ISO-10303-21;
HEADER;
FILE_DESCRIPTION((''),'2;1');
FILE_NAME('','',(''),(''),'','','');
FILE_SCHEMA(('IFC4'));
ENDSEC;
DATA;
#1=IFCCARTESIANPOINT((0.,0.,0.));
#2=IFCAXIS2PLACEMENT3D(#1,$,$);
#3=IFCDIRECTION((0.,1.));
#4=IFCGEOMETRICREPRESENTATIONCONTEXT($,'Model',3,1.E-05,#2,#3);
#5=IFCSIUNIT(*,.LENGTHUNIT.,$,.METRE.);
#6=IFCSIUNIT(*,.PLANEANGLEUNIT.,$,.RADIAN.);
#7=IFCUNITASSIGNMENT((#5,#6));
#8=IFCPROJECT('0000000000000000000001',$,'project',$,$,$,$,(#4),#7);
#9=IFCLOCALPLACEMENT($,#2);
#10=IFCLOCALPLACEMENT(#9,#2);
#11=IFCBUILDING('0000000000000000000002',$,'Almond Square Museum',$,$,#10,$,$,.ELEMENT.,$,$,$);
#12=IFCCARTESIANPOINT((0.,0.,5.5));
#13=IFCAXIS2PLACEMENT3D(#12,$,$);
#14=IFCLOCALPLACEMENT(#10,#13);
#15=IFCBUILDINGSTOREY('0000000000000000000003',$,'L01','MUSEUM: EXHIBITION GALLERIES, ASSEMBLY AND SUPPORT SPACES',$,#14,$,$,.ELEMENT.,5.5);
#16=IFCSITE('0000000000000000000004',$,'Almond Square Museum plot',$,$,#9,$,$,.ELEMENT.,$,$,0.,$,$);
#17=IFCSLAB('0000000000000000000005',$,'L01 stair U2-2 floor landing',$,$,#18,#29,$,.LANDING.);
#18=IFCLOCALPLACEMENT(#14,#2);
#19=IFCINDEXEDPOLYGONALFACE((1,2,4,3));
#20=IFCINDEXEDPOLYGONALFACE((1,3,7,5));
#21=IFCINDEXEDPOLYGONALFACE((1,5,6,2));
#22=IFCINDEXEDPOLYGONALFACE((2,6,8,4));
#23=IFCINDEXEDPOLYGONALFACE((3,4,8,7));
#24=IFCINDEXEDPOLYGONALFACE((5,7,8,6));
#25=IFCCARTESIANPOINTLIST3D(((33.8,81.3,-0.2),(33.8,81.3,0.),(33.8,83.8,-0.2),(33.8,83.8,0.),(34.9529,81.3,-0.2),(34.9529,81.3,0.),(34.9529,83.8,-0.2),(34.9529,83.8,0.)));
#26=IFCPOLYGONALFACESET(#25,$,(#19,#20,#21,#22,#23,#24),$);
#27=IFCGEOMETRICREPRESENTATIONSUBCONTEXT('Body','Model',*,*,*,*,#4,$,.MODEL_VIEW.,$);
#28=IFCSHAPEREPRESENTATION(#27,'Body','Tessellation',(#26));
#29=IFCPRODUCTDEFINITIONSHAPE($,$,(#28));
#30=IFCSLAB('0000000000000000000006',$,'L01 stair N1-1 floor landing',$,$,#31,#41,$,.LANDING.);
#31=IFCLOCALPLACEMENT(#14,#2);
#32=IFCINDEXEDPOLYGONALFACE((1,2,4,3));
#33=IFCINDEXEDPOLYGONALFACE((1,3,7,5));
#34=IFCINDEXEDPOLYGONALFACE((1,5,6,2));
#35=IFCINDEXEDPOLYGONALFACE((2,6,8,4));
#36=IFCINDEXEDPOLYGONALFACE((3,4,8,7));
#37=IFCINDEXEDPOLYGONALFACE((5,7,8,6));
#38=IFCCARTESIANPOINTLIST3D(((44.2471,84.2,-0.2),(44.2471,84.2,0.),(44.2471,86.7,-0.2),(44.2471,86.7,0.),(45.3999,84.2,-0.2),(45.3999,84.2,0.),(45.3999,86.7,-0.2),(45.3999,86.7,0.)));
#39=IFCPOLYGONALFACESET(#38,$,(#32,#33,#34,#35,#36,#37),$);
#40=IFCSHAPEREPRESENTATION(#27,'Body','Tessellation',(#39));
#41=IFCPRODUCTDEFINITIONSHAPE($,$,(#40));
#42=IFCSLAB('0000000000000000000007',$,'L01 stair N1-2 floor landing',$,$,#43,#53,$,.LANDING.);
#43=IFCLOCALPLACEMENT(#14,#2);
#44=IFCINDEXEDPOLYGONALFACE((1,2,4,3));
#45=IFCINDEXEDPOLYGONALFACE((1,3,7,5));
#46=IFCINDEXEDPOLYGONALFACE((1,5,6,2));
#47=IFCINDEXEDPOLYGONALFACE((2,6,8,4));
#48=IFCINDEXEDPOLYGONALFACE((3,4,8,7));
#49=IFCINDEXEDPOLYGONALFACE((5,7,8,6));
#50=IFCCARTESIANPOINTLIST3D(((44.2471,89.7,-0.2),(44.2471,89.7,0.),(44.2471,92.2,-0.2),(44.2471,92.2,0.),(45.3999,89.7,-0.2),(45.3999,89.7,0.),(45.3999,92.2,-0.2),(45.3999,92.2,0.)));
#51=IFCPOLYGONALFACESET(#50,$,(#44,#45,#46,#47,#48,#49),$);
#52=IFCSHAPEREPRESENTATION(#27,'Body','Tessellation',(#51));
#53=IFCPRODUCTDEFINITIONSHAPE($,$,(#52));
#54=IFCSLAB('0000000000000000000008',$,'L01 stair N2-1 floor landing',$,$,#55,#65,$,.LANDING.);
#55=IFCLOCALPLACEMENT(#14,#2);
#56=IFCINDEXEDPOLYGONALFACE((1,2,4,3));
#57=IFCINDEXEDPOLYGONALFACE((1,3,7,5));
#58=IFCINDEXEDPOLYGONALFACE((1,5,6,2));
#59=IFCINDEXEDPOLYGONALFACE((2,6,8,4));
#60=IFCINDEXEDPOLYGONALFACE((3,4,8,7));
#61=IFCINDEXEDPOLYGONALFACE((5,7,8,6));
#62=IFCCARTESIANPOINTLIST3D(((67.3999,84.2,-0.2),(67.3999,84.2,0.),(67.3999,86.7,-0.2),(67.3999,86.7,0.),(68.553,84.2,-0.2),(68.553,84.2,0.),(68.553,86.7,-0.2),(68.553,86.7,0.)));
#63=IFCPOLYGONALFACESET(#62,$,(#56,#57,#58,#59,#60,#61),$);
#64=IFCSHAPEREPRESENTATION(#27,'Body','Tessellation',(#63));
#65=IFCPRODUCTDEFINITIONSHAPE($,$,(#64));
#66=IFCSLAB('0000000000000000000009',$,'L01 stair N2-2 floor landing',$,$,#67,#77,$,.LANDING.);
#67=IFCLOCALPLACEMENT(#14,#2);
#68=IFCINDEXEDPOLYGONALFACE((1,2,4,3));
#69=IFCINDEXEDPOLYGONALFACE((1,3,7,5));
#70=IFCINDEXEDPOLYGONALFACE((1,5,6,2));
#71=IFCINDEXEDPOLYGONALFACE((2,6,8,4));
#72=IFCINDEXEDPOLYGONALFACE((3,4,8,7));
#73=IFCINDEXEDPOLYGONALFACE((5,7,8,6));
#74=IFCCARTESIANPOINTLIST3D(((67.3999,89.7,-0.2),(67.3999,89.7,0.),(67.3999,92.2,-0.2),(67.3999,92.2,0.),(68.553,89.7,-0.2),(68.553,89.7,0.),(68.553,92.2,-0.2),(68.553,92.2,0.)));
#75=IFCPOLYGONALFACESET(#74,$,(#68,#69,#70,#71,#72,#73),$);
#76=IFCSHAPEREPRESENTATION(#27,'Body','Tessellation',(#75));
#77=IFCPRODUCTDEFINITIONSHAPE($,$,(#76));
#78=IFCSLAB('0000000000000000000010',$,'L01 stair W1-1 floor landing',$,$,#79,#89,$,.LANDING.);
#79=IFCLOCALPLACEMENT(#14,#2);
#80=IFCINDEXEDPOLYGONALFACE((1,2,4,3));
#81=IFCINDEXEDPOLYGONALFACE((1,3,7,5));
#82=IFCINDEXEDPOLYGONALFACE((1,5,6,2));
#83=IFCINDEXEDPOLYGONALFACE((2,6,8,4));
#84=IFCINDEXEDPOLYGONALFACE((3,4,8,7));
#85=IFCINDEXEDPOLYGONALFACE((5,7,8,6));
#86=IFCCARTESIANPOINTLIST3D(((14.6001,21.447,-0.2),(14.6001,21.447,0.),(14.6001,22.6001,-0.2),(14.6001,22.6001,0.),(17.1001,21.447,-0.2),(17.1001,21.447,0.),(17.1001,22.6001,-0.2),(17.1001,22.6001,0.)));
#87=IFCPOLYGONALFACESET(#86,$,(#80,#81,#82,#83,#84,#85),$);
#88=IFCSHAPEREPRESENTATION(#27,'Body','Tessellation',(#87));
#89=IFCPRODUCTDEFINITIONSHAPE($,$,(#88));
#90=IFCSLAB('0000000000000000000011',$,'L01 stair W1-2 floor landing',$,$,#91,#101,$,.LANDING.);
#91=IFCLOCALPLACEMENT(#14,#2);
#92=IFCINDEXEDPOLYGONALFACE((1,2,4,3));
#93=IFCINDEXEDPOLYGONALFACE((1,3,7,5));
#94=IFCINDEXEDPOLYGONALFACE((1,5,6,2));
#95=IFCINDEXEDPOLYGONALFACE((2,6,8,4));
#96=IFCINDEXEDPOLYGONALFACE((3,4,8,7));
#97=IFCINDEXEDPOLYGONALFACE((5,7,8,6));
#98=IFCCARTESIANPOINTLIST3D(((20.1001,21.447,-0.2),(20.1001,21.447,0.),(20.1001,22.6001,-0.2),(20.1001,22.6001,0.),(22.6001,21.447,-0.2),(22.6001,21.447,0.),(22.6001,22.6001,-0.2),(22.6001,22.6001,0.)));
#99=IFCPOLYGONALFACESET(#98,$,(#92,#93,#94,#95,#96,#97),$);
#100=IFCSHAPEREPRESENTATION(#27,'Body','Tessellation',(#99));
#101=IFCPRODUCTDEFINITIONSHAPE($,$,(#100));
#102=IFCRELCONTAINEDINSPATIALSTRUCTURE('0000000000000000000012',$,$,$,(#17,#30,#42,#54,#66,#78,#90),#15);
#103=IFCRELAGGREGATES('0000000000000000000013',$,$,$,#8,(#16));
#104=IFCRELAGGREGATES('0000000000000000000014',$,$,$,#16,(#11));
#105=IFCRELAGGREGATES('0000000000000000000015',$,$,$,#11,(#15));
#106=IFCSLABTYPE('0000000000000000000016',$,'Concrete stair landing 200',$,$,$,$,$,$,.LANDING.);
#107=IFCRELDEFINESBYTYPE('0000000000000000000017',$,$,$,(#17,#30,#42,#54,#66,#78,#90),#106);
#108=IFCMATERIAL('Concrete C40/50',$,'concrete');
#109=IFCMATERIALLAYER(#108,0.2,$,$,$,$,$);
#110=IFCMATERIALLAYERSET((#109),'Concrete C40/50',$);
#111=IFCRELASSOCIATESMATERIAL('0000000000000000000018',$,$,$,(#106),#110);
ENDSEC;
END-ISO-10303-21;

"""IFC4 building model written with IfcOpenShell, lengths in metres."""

from ifc_helpers import new_model, si_unit, direction, frame, origin, place, context, subcontext, project, spatial, polyline, outline, extrude, material, layer, layer_set, type_object, element, save


model = new_model("IFC4")

# Units and contexts
model_context = context("Model", 3, precision=1e-05, world=origin(), true_north=direction((0.0, 1.0)))
body_context = subcontext(model_context, "Body", "Model", "MODEL_VIEW")
ifc_project = project(units=[si_unit("LENGTHUNIT", "METRE"), si_unit("PLANEANGLEUNIT", "RADIAN")], contexts=[model_context])

# Site, building, storey
site_placement = place(None, origin())
site = spatial("IfcSite", under=ifc_project, at=site_placement, Name="Almond Square Museum plot", CompositionType="ELEMENT", RefElevation=0.0)
building_placement = place(site_placement, origin())
building = spatial("IfcBuilding", under=site, at=building_placement, Name="Almond Square Museum", CompositionType="ELEMENT")
storey_placement = place(building_placement, frame((0.0, 0.0, 5.5)))
storey = spatial("IfcBuildingStorey", under=building, at=storey_placement, Name="L01", Description="MUSEUM: EXHIBITION GALLERIES, ASSEMBLY AND SUPPORT SPACES", CompositionType="ELEMENT", Elevation=5.5)

# Slabs
ifc_material = material(Name="Concrete C40/50", Category="concrete")
ifc_layer = layer(ifc_material, 0.2)
ifc_layer_set = layer_set([ifc_layer], Name="Concrete C40/50")
slab_type = type_object("IfcSlabType", Name="Concrete stair landing 200", PredefinedType="LANDING", material=ifc_layer_set)
slab_1_placement = place(storey_placement, frame((0.0, 0.0, -0.2)))
element("IfcSlab", 1, at=slab_1_placement, inside=storey, type_object=slab_type, Name="L01 stair U2-2 floor landing", PredefinedType="LANDING", context=body_context, shape_type="SweptSolid", body=[
    extrude(outline(polyline([(33.8, 81.3), (34.9529, 81.3), (34.9529, 83.8), (33.8, 83.8), (33.8, 81.3)])), origin(), (0.0, 0.0, 1.0), 0.2),
])
slab_2_placement = place(storey_placement, frame((0.0, 0.0, -0.2)))
element("IfcSlab", 2, at=slab_2_placement, inside=storey, type_object=slab_type, Name="L01 stair N1-1 floor landing", PredefinedType="LANDING", context=body_context, shape_type="SweptSolid", body=[
    extrude(outline(polyline([(44.2471, 84.2), (45.3999, 84.2), (45.3999, 86.7), (44.2471, 86.7), (44.2471, 84.2)])), origin(), (0.0, 0.0, 1.0), 0.2),
])
slab_3_placement = place(storey_placement, frame((0.0, 0.0, -0.2)))
element("IfcSlab", 3, at=slab_3_placement, inside=storey, type_object=slab_type, Name="L01 stair N1-2 floor landing", PredefinedType="LANDING", context=body_context, shape_type="SweptSolid", body=[
    extrude(outline(polyline([(44.2471, 89.7), (45.3999, 89.7), (45.3999, 92.2), (44.2471, 92.2), (44.2471, 89.7)])), origin(), (0.0, 0.0, 1.0), 0.2),
])
slab_4_placement = place(storey_placement, frame((0.0, 0.0, -0.2)))
element("IfcSlab", 4, at=slab_4_placement, inside=storey, type_object=slab_type, Name="L01 stair N2-1 floor landing", PredefinedType="LANDING", context=body_context, shape_type="SweptSolid", body=[
    extrude(outline(polyline([(67.3999, 84.2), (68.553, 84.2), (68.553, 86.7), (67.3999, 86.7), (67.3999, 84.2)])), origin(), (0.0, 0.0, 1.0), 0.2),
])
slab_5_placement = place(storey_placement, frame((0.0, 0.0, -0.2)))
element("IfcSlab", 5, at=slab_5_placement, inside=storey, type_object=slab_type, Name="L01 stair N2-2 floor landing", PredefinedType="LANDING", context=body_context, shape_type="SweptSolid", body=[
    extrude(outline(polyline([(67.3999, 89.7), (68.553, 89.7), (68.553, 92.2), (67.3999, 92.2), (67.3999, 89.7)])), origin(), (0.0, 0.0, 1.0), 0.2),
])
slab_6_placement = place(storey_placement, frame((0.0, 0.0, -0.2)))
element("IfcSlab", 6, at=slab_6_placement, inside=storey, type_object=slab_type, Name="L01 stair W1-1 floor landing", PredefinedType="LANDING", context=body_context, shape_type="SweptSolid", body=[
    extrude(outline(polyline([(14.6001, 21.447), (17.1001, 21.447), (17.1001, 22.6001), (14.6001, 22.6001), (14.6001, 21.447)])), origin(), (0.0, 0.0, 1.0), 0.2),
])
slab_7_placement = place(storey_placement, frame((0.0, 0.0, -0.2)))
element("IfcSlab", 7, at=slab_7_placement, inside=storey, type_object=slab_type, Name="L01 stair W1-2 floor landing", PredefinedType="LANDING", context=body_context, shape_type="SweptSolid", body=[
    extrude(outline(polyline([(20.1001, 21.447), (22.6001, 21.447), (22.6001, 22.6001), (20.1001, 22.6001), (20.1001, 21.447)])), origin(), (0.0, 0.0, 1.0), 0.2),
])

save(model, "model.ifc")
